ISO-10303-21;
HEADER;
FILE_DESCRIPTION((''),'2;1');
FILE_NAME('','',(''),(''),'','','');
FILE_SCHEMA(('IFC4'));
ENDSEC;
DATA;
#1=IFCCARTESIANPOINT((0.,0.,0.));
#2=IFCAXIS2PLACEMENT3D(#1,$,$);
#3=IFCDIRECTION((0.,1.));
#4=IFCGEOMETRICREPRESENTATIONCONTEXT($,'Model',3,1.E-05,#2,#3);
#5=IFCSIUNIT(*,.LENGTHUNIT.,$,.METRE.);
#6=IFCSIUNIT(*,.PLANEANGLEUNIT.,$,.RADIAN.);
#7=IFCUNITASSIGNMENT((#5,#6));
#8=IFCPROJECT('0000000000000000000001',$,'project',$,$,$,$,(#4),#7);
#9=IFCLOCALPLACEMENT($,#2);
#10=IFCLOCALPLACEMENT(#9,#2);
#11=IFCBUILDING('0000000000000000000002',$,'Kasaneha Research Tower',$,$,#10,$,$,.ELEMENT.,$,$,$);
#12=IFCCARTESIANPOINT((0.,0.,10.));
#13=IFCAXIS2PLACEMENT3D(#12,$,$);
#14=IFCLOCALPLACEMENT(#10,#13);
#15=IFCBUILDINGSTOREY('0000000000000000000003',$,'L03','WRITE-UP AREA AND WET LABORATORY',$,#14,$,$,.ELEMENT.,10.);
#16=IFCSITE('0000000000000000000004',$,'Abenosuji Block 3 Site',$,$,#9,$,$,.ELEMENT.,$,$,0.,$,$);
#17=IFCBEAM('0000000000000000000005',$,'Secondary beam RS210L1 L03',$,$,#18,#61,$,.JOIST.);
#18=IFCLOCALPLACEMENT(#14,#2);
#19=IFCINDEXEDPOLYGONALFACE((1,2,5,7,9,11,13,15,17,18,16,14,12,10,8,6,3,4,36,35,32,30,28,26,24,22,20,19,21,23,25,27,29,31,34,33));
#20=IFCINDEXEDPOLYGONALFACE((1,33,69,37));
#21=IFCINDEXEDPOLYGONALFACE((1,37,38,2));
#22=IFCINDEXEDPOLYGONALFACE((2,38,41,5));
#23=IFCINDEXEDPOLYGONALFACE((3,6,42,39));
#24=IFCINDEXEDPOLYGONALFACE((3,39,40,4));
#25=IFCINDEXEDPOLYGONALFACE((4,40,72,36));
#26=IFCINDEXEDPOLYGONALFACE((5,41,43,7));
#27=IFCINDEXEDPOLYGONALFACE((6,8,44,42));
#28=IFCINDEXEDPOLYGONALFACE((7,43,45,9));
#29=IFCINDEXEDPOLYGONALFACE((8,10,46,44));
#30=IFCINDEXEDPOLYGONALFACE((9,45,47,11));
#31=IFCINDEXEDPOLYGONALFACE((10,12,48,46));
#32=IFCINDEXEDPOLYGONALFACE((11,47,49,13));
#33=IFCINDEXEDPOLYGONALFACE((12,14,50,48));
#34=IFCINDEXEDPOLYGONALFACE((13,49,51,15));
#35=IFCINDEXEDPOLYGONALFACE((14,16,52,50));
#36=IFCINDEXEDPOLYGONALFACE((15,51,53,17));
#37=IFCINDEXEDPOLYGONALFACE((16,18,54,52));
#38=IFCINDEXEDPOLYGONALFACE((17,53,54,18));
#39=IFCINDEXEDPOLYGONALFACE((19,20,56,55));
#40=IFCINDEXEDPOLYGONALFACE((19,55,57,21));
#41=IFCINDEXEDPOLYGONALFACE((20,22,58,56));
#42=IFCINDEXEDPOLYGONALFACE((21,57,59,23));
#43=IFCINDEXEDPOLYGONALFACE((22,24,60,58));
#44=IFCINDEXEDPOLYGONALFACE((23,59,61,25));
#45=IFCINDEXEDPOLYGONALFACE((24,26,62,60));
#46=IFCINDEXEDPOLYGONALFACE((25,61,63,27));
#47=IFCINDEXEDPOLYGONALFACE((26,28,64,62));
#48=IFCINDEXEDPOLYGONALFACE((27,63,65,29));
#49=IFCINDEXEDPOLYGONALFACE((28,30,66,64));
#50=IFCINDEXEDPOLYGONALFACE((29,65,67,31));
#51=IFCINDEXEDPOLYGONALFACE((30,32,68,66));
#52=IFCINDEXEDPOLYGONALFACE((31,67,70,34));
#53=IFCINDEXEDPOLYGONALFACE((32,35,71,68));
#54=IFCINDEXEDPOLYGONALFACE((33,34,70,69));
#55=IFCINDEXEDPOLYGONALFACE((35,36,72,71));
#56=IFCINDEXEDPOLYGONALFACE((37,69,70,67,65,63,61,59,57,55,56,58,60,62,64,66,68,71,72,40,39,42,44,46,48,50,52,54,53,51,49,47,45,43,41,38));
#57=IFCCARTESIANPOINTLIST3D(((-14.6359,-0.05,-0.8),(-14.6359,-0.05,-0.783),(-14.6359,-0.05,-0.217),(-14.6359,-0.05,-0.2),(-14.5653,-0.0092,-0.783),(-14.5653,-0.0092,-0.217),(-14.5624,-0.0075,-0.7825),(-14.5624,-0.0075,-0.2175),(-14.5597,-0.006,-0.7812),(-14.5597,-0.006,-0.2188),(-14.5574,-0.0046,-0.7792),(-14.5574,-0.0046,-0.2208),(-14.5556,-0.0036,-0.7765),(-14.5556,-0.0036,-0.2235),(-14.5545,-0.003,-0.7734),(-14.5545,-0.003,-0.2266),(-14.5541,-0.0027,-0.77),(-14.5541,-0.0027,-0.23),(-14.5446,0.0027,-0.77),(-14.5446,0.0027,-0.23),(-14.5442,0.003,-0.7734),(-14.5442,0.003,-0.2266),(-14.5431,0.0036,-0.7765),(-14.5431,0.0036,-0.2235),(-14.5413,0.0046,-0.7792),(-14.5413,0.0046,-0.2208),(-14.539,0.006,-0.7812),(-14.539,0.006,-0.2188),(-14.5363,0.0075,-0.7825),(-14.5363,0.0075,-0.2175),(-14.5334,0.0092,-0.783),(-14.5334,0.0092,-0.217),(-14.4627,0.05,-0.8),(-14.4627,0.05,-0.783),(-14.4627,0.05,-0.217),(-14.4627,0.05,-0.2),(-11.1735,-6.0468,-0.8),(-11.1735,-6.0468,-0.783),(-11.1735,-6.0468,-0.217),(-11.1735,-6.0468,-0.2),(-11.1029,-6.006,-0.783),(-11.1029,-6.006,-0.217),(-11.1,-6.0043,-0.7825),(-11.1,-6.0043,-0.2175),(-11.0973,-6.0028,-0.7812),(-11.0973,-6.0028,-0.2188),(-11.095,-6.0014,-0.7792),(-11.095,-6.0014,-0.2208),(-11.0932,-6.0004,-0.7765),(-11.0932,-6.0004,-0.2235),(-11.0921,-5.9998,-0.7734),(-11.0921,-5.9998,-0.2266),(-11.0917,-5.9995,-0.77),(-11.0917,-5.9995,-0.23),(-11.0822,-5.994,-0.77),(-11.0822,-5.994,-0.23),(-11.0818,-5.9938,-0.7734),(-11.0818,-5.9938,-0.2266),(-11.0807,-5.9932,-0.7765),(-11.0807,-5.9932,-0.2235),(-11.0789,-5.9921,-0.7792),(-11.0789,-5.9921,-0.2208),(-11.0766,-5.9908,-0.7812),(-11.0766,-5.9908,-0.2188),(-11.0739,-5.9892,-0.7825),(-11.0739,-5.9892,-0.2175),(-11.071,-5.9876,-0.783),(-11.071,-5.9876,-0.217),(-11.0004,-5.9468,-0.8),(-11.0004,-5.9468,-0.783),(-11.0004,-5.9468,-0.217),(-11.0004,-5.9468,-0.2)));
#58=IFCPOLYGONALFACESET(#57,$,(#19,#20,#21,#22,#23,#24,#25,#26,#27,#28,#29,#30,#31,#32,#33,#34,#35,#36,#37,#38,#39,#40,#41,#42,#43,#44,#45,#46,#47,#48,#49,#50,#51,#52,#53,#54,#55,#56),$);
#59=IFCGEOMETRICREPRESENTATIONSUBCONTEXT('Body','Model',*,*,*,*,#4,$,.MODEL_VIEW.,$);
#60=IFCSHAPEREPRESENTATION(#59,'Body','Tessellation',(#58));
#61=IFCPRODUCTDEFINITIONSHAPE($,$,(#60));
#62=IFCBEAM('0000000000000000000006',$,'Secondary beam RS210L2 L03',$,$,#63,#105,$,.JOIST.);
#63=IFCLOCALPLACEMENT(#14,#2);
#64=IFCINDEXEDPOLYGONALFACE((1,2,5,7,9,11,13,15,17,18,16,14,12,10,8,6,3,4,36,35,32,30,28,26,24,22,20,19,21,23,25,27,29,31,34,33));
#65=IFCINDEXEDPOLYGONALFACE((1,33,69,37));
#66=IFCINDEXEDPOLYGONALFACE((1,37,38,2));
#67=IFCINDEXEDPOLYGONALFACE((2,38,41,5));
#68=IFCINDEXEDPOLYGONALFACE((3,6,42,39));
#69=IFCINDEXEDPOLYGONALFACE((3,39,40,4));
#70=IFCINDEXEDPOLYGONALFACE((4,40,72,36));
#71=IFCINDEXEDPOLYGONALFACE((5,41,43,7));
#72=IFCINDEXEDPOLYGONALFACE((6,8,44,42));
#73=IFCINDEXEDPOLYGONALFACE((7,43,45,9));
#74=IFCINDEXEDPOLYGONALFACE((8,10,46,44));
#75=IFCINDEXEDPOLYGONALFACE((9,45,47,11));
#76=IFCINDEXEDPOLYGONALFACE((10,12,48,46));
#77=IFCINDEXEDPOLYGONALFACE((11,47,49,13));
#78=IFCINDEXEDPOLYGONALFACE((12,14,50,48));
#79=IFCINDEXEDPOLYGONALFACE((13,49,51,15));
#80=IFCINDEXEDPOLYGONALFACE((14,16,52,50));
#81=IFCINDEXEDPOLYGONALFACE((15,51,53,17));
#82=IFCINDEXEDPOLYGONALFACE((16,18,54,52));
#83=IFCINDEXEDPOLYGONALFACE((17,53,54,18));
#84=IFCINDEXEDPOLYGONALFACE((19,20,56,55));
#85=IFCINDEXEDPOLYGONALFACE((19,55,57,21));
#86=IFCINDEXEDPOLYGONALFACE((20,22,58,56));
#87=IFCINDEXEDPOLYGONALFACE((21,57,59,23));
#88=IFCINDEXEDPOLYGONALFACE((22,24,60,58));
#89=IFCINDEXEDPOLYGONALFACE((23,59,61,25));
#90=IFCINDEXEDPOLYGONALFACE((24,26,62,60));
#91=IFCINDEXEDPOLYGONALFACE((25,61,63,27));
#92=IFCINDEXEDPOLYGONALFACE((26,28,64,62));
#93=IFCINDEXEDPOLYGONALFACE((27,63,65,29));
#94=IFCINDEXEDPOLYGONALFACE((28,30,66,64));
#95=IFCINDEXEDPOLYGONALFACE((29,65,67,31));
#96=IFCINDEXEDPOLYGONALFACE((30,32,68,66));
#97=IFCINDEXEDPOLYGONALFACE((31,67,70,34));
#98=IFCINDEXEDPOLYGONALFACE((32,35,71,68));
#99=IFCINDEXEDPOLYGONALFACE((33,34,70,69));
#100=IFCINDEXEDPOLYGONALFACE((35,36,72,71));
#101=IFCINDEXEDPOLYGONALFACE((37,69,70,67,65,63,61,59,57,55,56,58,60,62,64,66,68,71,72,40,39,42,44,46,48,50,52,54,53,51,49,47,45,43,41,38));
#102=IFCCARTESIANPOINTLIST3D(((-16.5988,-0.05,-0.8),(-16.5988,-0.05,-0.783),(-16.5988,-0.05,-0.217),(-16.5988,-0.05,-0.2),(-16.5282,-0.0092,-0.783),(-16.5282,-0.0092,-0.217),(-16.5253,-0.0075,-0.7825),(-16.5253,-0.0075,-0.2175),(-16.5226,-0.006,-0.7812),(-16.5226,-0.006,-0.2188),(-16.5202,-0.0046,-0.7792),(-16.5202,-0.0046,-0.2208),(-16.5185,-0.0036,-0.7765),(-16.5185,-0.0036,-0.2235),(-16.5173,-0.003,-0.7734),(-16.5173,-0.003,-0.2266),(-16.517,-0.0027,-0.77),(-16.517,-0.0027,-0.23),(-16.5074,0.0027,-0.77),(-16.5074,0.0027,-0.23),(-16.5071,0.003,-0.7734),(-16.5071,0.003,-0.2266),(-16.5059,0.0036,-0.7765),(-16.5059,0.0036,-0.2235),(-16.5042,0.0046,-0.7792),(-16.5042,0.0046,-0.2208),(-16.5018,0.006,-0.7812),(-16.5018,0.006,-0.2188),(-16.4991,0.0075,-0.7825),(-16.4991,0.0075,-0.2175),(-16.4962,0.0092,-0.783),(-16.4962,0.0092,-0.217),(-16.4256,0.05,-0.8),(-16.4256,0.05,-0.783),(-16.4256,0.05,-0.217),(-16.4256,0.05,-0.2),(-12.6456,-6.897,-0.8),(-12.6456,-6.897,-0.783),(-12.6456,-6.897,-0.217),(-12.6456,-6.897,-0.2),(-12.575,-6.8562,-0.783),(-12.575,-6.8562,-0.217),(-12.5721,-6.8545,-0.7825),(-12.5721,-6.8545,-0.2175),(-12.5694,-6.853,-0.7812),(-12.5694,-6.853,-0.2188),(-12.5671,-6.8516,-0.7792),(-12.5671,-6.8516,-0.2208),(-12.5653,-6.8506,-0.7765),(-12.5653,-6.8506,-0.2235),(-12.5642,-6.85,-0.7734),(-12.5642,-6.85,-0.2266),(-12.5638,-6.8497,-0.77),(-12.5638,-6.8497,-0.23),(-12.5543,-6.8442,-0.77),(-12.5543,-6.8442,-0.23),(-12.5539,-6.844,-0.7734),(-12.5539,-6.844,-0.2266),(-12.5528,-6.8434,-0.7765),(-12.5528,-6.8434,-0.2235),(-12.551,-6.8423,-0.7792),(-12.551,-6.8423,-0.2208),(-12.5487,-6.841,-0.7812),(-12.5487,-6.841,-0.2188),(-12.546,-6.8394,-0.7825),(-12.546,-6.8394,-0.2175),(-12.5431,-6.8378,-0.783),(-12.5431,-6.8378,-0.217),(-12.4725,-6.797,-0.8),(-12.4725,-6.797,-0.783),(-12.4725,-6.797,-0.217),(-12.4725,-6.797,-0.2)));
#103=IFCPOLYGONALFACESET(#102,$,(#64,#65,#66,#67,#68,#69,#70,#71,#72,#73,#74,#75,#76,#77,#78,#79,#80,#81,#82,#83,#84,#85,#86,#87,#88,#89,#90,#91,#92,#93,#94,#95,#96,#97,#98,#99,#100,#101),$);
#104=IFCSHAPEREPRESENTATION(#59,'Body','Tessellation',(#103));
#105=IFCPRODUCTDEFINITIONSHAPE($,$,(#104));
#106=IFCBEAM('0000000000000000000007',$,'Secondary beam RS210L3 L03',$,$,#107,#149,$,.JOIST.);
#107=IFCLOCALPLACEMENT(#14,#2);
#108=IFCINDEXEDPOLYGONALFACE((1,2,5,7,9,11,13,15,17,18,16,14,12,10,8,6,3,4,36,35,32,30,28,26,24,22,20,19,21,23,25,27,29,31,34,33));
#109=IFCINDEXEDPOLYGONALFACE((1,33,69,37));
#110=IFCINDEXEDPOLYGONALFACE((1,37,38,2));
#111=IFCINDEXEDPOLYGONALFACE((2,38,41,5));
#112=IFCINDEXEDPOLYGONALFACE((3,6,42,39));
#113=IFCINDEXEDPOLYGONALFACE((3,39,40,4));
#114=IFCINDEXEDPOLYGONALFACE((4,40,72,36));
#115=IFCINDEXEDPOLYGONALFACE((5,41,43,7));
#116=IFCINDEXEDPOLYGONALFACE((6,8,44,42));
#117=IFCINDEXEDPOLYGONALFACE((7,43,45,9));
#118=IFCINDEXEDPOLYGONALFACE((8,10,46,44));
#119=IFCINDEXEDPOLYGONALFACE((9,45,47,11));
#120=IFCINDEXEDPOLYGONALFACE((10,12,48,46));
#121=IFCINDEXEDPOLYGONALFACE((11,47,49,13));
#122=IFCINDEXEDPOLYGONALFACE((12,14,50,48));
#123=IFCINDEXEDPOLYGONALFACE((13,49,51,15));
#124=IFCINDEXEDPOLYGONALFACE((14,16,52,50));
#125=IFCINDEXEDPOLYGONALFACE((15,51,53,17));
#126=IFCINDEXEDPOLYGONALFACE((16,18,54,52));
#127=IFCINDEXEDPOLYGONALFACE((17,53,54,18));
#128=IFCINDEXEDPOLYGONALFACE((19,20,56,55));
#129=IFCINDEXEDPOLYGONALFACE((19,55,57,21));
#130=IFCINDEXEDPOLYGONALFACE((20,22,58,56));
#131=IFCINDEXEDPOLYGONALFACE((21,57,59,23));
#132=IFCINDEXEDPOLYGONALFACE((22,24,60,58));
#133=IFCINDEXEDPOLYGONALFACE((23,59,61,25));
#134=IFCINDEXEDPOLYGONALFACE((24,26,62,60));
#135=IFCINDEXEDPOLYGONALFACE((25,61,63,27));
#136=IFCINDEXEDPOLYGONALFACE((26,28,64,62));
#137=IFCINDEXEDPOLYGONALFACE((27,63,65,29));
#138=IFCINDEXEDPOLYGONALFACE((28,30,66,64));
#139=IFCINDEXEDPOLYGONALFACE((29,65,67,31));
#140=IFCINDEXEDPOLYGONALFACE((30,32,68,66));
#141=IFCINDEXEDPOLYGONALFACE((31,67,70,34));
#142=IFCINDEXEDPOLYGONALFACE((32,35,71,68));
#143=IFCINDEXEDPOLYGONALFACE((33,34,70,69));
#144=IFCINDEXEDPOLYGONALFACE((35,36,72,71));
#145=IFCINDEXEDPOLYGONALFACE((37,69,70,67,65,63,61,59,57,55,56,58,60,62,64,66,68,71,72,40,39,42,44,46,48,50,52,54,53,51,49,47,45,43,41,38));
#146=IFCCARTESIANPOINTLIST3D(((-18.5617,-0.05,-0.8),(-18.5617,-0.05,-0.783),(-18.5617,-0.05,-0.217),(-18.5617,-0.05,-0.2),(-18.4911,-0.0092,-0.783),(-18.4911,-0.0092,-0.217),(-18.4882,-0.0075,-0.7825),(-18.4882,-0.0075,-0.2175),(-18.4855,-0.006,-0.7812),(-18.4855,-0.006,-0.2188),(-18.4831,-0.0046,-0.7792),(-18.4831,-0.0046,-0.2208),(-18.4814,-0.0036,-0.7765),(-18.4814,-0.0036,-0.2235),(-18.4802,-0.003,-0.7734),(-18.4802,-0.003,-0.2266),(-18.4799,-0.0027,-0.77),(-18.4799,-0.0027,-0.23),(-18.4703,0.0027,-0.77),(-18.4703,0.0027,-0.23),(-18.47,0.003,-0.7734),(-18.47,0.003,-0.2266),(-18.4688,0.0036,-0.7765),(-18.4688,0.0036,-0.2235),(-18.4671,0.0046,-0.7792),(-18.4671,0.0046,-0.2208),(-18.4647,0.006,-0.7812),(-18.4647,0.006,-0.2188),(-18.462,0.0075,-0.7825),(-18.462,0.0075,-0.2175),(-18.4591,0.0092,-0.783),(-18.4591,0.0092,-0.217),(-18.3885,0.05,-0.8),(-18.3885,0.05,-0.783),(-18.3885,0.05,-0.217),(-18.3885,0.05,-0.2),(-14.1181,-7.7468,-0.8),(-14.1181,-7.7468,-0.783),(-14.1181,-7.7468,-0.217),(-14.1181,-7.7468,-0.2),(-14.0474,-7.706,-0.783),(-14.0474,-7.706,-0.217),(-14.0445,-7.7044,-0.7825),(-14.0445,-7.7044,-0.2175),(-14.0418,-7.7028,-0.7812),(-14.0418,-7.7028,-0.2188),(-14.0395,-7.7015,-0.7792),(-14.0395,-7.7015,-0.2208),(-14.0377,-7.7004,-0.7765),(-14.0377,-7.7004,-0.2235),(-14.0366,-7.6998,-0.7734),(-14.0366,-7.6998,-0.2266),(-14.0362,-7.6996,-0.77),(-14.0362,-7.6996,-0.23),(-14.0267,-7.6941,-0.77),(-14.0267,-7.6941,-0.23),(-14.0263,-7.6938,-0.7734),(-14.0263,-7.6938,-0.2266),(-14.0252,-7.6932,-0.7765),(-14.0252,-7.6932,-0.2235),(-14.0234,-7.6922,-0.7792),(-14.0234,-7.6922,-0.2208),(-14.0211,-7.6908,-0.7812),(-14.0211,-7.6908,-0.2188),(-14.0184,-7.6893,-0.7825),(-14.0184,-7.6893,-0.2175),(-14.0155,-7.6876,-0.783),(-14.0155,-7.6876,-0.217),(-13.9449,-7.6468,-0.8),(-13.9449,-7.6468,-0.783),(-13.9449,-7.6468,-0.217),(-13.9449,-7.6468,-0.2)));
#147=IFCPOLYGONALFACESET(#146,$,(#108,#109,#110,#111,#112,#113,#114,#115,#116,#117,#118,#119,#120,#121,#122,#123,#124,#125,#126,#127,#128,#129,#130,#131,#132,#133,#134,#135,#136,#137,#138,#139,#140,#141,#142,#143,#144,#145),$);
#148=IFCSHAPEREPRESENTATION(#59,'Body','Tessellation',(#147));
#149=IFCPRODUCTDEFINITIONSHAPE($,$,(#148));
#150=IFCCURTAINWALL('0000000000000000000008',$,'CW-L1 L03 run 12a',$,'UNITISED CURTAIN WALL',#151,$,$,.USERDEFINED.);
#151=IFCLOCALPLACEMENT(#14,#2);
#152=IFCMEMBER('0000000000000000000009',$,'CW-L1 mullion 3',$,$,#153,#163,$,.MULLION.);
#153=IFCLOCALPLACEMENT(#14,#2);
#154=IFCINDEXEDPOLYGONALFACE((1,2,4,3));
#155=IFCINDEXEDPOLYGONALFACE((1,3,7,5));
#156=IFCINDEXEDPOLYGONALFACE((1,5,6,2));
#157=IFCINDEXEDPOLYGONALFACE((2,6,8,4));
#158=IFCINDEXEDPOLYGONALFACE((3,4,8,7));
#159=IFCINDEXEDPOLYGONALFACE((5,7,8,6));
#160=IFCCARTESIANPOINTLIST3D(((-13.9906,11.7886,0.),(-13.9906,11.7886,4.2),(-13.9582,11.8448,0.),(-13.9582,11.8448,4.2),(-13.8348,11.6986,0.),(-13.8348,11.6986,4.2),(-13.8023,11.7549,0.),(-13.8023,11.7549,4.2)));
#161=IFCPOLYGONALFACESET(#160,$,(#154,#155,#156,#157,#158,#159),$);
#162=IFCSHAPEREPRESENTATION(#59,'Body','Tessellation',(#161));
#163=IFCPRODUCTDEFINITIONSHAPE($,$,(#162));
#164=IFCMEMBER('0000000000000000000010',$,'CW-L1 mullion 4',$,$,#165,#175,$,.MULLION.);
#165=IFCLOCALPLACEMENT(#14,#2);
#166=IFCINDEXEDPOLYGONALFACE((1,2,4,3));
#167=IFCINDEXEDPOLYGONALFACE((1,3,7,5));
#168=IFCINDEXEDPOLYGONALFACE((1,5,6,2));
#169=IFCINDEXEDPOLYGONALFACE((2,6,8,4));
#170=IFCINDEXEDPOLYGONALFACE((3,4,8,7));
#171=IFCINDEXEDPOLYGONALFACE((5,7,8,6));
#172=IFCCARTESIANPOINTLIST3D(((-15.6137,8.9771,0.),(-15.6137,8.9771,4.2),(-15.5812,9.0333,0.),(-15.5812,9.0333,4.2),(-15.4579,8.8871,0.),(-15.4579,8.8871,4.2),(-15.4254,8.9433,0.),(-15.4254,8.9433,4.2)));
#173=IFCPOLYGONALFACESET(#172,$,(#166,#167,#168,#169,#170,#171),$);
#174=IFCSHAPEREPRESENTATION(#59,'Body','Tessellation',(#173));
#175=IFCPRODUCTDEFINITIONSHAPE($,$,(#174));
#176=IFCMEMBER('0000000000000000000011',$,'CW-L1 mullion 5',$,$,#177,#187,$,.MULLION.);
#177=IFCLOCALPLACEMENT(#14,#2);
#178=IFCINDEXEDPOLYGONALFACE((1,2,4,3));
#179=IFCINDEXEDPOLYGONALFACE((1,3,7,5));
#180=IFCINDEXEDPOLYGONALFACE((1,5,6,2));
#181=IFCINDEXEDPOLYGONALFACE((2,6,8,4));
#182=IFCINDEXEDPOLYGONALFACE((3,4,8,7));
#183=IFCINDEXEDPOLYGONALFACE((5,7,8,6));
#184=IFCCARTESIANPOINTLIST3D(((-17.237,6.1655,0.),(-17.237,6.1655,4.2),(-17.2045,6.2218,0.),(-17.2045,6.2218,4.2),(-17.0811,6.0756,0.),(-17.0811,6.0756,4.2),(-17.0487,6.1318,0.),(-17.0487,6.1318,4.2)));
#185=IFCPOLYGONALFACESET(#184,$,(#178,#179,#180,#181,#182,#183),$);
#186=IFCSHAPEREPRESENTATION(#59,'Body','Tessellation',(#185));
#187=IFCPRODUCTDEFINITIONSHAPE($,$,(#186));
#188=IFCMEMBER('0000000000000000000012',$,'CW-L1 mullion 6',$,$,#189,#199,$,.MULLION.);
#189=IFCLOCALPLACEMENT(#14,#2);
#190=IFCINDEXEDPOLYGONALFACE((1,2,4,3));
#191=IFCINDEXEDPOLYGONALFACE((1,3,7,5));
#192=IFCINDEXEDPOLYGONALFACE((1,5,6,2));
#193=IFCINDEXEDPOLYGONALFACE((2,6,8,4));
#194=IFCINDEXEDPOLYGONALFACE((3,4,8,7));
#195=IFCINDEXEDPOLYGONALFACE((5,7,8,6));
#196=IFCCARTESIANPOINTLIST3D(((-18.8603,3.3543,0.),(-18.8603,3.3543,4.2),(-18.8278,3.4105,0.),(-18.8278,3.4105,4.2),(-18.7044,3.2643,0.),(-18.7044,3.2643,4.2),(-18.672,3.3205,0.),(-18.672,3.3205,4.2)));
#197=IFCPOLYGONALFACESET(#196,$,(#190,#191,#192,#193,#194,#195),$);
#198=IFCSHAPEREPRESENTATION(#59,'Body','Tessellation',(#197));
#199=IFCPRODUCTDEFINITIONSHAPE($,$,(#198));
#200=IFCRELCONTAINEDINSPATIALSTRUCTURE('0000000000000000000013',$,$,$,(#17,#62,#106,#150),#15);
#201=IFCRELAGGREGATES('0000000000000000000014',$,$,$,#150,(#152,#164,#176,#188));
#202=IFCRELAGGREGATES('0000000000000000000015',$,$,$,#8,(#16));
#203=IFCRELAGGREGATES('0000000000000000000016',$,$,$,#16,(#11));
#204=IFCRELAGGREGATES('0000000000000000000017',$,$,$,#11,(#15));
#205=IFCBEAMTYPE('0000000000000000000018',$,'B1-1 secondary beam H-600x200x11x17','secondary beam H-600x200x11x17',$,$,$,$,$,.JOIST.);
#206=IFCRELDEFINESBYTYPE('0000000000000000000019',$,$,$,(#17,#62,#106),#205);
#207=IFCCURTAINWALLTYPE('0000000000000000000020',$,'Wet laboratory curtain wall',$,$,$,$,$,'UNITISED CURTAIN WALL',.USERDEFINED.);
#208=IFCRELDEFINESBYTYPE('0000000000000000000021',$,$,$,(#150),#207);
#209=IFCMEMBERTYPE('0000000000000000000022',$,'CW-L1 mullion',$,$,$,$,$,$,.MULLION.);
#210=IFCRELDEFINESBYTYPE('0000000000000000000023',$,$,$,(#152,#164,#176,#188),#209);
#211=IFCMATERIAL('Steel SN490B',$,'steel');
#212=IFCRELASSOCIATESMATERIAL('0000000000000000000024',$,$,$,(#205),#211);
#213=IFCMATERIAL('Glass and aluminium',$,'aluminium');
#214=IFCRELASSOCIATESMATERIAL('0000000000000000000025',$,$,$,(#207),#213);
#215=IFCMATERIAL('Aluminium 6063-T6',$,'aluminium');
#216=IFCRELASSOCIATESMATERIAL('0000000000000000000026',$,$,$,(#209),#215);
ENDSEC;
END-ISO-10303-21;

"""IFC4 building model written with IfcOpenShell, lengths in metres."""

from ifc_helpers import new_model, si_unit, direction, frame, origin, origin_2d, place, context, subcontext, project, spatial, rectangle, i_section, extrude, material, material_profile, profile_set, type_object, element, aggregate, save


model = new_model("IFC4")

# Units and contexts
model_context = context("Model", 3, precision=1e-05, world=origin(), true_north=direction((0.0, 1.0)))
body_context = subcontext(model_context, "Body", "Model", "MODEL_VIEW")
ifc_project = project(units=[si_unit("LENGTHUNIT", "METRE"), si_unit("PLANEANGLEUNIT", "RADIAN")], contexts=[model_context])

# Site, building, storey
site_placement = place(None, origin())
site = spatial("IfcSite", under=ifc_project, at=site_placement, Name="Abenosuji Block 3 Site", CompositionType="ELEMENT", RefElevation=0.0)
building_placement = place(site_placement, origin())
building = spatial("IfcBuilding", under=site, at=building_placement, Name="Kasaneha Research Tower", CompositionType="ELEMENT")
storey_placement = place(building_placement, frame((0.0, 0.0, 10.0)))
storey = spatial("IfcBuildingStorey", under=building, at=storey_placement, Name="L03", Description="WRITE-UP AREA AND WET LABORATORY", CompositionType="ELEMENT", Elevation=10.0)

# Beams
ifc_material_1 = material(Name="Steel SN490B", Category="steel")
ifc_material_profile_1 = material_profile(ifc_material_1, i_section(OverallWidth=0.2, OverallDepth=0.6001, WebThickness=0.011, FlangeThickness=0.0171, FilletRadius=0.0129, at=origin_2d()), Name="H-600x200x11x17")
ifc_profile_set_1 = profile_set([ifc_material_profile_1], Name="Steel SN490B")
beam_type_1 = type_object("IfcBeamType", Name="B1-1 secondary beam H-600x200x11x17", Description="secondary beam H-600x200x11x17", PredefinedType="JOIST", material=ifc_profile_set_1)
beam_1_placement = place(storey_placement, frame((-14.5493, 0.0, -0.5), z_axis=(0.500014, -0.866017, 0.0), x_axis=(0.866017, 0.500014, 0.0)))
element("IfcBeam", 1, at=beam_1_placement, inside=storey, type_object=beam_type_1, Name="Secondary beam RS210L1 L03", PredefinedType="JOIST", context=body_context, shape_type="SweptSolid", body=[
    extrude(i_section(OverallWidth=0.2, OverallDepth=0.6001, WebThickness=0.011, FlangeThickness=0.0171, FilletRadius=0.0129, at=origin_2d()), origin(), (0.0, 0.0, 1.0), 6.9246),
])
beam_2_placement = place(storey_placement, frame((-16.5122, 0.0, -0.5), z_axis=(0.500005, -0.866023, 0.0), x_axis=(0.866023, 0.500005, 0.0)))
element("IfcBeam", 2, at=beam_2_placement, inside=storey, type_object=beam_type_1, Name="Secondary beam RS210L2 L03", PredefinedType="JOIST", context=body_context, shape_type="SweptSolid", body=[
    extrude(i_section(OverallWidth=0.2, OverallDepth=0.6001, WebThickness=0.011, FlangeThickness=0.0171, FilletRadius=0.0129, at=origin_2d()), origin(), (0.0, 0.0, 1.0), 7.9062),
])
beam_3_placement = place(storey_placement, frame((-18.4751, 0.0, -0.5), z_axis=(0.499989, -0.866032, 0.0), x_axis=(0.866032, 0.499989, 0.0)))
element("IfcBeam", 3, at=beam_3_placement, inside=storey, type_object=beam_type_1, Name="Secondary beam RS210L3 L03", PredefinedType="JOIST", context=body_context, shape_type="SweptSolid", body=[
    extrude(i_section(OverallWidth=0.2, OverallDepth=0.6001, WebThickness=0.011, FlangeThickness=0.0171, FilletRadius=0.0129, at=origin_2d()), origin(), (0.0, 0.0, 1.0), 8.8875),
])

# Curtain wall, members
ifc_material_2 = material(Name="Glass and aluminium", Category="aluminium")
curtain_wall_type = type_object("IfcCurtainWallType", Name="Wet laboratory curtain wall", ElementType="UNITISED CURTAIN WALL", PredefinedType="USERDEFINED", material=ifc_material_2)
curtain_wall_1_placement = place(storey_placement, origin())
curtain_wall_1 = element("IfcCurtainWall", 4, at=curtain_wall_1_placement, inside=storey, type_object=curtain_wall_type, Name="CW-L1 L03 run 12a", ObjectType="UNITISED CURTAIN WALL", PredefinedType="USERDEFINED")
ifc_material_3 = material(Name="Aluminium 6063-T6", Category="aluminium")
ifc_material_profile_2 = material_profile(ifc_material_3, rectangle(XDim=0.0649, YDim=0.1799, at=origin_2d()), Name="CW-L1 mullion 65x180")
ifc_profile_set_2 = profile_set([ifc_material_profile_2], Name="Aluminium 6063-T6")
member_type_1 = type_object("IfcMemberType", Name="CW-L1 mullion", PredefinedType="MULLION", material=ifc_profile_set_2)
member_1_placement = place(storey_placement, frame((-13.8965, 11.7717, 0.0), z_axis=(0.0, 0.0, 1.0), x_axis=(-0.5, -0.866025, 0.0)))
member_1 = element("IfcMember", 5, at=member_1_placement, type_object=member_type_1, Name="CW-L1 mullion 3", PredefinedType="MULLION", context=body_context, shape_type="SweptSolid", body=[
    extrude(rectangle(XDim=0.0649, YDim=0.1799, at=origin_2d()), origin(), (0.0, 0.0, 1.0), 4.2),
])
member_2_placement = place(storey_placement, frame((-15.5195, 8.9602, 0.0), z_axis=(0.0, 0.0, 1.0), x_axis=(-0.5, -0.866025, 0.0)))
member_2 = element("IfcMember", 6, at=member_2_placement, type_object=member_type_1, Name="CW-L1 mullion 4", PredefinedType="MULLION", context=body_context, shape_type="SweptSolid", body=[
    extrude(rectangle(XDim=0.0649, YDim=0.1799, at=origin_2d()), origin(), (0.0, 0.0, 1.0), 4.2),
])
member_3_placement = place(storey_placement, frame((-17.1428, 6.1487, 0.0), z_axis=(0.0, 0.0, 1.0), x_axis=(-0.5, -0.866025, 0.0)))
member_3 = element("IfcMember", 7, at=member_3_placement, type_object=member_type_1, Name="CW-L1 mullion 5", PredefinedType="MULLION", context=body_context, shape_type="SweptSolid", body=[
    extrude(rectangle(XDim=0.0649, YDim=0.1799, at=origin_2d()), origin(), (0.0, 0.0, 1.0), 4.2),
])
member_4_placement = place(storey_placement, frame((-18.7661, 3.3374, 0.0), z_axis=(0.0, 0.0, 1.0), x_axis=(-0.5, -0.866025, 0.0)))
member_4 = element("IfcMember", 8, at=member_4_placement, type_object=member_type_1, Name="CW-L1 mullion 6", PredefinedType="MULLION", context=body_context, shape_type="SweptSolid", body=[
    extrude(rectangle(XDim=0.0649, YDim=0.1799, at=origin_2d()), origin(), (0.0, 0.0, 1.0), 4.2),
])

aggregate(curtain_wall_1, [member_1, member_2, member_3, member_4])

save(model, "model.ifc")
